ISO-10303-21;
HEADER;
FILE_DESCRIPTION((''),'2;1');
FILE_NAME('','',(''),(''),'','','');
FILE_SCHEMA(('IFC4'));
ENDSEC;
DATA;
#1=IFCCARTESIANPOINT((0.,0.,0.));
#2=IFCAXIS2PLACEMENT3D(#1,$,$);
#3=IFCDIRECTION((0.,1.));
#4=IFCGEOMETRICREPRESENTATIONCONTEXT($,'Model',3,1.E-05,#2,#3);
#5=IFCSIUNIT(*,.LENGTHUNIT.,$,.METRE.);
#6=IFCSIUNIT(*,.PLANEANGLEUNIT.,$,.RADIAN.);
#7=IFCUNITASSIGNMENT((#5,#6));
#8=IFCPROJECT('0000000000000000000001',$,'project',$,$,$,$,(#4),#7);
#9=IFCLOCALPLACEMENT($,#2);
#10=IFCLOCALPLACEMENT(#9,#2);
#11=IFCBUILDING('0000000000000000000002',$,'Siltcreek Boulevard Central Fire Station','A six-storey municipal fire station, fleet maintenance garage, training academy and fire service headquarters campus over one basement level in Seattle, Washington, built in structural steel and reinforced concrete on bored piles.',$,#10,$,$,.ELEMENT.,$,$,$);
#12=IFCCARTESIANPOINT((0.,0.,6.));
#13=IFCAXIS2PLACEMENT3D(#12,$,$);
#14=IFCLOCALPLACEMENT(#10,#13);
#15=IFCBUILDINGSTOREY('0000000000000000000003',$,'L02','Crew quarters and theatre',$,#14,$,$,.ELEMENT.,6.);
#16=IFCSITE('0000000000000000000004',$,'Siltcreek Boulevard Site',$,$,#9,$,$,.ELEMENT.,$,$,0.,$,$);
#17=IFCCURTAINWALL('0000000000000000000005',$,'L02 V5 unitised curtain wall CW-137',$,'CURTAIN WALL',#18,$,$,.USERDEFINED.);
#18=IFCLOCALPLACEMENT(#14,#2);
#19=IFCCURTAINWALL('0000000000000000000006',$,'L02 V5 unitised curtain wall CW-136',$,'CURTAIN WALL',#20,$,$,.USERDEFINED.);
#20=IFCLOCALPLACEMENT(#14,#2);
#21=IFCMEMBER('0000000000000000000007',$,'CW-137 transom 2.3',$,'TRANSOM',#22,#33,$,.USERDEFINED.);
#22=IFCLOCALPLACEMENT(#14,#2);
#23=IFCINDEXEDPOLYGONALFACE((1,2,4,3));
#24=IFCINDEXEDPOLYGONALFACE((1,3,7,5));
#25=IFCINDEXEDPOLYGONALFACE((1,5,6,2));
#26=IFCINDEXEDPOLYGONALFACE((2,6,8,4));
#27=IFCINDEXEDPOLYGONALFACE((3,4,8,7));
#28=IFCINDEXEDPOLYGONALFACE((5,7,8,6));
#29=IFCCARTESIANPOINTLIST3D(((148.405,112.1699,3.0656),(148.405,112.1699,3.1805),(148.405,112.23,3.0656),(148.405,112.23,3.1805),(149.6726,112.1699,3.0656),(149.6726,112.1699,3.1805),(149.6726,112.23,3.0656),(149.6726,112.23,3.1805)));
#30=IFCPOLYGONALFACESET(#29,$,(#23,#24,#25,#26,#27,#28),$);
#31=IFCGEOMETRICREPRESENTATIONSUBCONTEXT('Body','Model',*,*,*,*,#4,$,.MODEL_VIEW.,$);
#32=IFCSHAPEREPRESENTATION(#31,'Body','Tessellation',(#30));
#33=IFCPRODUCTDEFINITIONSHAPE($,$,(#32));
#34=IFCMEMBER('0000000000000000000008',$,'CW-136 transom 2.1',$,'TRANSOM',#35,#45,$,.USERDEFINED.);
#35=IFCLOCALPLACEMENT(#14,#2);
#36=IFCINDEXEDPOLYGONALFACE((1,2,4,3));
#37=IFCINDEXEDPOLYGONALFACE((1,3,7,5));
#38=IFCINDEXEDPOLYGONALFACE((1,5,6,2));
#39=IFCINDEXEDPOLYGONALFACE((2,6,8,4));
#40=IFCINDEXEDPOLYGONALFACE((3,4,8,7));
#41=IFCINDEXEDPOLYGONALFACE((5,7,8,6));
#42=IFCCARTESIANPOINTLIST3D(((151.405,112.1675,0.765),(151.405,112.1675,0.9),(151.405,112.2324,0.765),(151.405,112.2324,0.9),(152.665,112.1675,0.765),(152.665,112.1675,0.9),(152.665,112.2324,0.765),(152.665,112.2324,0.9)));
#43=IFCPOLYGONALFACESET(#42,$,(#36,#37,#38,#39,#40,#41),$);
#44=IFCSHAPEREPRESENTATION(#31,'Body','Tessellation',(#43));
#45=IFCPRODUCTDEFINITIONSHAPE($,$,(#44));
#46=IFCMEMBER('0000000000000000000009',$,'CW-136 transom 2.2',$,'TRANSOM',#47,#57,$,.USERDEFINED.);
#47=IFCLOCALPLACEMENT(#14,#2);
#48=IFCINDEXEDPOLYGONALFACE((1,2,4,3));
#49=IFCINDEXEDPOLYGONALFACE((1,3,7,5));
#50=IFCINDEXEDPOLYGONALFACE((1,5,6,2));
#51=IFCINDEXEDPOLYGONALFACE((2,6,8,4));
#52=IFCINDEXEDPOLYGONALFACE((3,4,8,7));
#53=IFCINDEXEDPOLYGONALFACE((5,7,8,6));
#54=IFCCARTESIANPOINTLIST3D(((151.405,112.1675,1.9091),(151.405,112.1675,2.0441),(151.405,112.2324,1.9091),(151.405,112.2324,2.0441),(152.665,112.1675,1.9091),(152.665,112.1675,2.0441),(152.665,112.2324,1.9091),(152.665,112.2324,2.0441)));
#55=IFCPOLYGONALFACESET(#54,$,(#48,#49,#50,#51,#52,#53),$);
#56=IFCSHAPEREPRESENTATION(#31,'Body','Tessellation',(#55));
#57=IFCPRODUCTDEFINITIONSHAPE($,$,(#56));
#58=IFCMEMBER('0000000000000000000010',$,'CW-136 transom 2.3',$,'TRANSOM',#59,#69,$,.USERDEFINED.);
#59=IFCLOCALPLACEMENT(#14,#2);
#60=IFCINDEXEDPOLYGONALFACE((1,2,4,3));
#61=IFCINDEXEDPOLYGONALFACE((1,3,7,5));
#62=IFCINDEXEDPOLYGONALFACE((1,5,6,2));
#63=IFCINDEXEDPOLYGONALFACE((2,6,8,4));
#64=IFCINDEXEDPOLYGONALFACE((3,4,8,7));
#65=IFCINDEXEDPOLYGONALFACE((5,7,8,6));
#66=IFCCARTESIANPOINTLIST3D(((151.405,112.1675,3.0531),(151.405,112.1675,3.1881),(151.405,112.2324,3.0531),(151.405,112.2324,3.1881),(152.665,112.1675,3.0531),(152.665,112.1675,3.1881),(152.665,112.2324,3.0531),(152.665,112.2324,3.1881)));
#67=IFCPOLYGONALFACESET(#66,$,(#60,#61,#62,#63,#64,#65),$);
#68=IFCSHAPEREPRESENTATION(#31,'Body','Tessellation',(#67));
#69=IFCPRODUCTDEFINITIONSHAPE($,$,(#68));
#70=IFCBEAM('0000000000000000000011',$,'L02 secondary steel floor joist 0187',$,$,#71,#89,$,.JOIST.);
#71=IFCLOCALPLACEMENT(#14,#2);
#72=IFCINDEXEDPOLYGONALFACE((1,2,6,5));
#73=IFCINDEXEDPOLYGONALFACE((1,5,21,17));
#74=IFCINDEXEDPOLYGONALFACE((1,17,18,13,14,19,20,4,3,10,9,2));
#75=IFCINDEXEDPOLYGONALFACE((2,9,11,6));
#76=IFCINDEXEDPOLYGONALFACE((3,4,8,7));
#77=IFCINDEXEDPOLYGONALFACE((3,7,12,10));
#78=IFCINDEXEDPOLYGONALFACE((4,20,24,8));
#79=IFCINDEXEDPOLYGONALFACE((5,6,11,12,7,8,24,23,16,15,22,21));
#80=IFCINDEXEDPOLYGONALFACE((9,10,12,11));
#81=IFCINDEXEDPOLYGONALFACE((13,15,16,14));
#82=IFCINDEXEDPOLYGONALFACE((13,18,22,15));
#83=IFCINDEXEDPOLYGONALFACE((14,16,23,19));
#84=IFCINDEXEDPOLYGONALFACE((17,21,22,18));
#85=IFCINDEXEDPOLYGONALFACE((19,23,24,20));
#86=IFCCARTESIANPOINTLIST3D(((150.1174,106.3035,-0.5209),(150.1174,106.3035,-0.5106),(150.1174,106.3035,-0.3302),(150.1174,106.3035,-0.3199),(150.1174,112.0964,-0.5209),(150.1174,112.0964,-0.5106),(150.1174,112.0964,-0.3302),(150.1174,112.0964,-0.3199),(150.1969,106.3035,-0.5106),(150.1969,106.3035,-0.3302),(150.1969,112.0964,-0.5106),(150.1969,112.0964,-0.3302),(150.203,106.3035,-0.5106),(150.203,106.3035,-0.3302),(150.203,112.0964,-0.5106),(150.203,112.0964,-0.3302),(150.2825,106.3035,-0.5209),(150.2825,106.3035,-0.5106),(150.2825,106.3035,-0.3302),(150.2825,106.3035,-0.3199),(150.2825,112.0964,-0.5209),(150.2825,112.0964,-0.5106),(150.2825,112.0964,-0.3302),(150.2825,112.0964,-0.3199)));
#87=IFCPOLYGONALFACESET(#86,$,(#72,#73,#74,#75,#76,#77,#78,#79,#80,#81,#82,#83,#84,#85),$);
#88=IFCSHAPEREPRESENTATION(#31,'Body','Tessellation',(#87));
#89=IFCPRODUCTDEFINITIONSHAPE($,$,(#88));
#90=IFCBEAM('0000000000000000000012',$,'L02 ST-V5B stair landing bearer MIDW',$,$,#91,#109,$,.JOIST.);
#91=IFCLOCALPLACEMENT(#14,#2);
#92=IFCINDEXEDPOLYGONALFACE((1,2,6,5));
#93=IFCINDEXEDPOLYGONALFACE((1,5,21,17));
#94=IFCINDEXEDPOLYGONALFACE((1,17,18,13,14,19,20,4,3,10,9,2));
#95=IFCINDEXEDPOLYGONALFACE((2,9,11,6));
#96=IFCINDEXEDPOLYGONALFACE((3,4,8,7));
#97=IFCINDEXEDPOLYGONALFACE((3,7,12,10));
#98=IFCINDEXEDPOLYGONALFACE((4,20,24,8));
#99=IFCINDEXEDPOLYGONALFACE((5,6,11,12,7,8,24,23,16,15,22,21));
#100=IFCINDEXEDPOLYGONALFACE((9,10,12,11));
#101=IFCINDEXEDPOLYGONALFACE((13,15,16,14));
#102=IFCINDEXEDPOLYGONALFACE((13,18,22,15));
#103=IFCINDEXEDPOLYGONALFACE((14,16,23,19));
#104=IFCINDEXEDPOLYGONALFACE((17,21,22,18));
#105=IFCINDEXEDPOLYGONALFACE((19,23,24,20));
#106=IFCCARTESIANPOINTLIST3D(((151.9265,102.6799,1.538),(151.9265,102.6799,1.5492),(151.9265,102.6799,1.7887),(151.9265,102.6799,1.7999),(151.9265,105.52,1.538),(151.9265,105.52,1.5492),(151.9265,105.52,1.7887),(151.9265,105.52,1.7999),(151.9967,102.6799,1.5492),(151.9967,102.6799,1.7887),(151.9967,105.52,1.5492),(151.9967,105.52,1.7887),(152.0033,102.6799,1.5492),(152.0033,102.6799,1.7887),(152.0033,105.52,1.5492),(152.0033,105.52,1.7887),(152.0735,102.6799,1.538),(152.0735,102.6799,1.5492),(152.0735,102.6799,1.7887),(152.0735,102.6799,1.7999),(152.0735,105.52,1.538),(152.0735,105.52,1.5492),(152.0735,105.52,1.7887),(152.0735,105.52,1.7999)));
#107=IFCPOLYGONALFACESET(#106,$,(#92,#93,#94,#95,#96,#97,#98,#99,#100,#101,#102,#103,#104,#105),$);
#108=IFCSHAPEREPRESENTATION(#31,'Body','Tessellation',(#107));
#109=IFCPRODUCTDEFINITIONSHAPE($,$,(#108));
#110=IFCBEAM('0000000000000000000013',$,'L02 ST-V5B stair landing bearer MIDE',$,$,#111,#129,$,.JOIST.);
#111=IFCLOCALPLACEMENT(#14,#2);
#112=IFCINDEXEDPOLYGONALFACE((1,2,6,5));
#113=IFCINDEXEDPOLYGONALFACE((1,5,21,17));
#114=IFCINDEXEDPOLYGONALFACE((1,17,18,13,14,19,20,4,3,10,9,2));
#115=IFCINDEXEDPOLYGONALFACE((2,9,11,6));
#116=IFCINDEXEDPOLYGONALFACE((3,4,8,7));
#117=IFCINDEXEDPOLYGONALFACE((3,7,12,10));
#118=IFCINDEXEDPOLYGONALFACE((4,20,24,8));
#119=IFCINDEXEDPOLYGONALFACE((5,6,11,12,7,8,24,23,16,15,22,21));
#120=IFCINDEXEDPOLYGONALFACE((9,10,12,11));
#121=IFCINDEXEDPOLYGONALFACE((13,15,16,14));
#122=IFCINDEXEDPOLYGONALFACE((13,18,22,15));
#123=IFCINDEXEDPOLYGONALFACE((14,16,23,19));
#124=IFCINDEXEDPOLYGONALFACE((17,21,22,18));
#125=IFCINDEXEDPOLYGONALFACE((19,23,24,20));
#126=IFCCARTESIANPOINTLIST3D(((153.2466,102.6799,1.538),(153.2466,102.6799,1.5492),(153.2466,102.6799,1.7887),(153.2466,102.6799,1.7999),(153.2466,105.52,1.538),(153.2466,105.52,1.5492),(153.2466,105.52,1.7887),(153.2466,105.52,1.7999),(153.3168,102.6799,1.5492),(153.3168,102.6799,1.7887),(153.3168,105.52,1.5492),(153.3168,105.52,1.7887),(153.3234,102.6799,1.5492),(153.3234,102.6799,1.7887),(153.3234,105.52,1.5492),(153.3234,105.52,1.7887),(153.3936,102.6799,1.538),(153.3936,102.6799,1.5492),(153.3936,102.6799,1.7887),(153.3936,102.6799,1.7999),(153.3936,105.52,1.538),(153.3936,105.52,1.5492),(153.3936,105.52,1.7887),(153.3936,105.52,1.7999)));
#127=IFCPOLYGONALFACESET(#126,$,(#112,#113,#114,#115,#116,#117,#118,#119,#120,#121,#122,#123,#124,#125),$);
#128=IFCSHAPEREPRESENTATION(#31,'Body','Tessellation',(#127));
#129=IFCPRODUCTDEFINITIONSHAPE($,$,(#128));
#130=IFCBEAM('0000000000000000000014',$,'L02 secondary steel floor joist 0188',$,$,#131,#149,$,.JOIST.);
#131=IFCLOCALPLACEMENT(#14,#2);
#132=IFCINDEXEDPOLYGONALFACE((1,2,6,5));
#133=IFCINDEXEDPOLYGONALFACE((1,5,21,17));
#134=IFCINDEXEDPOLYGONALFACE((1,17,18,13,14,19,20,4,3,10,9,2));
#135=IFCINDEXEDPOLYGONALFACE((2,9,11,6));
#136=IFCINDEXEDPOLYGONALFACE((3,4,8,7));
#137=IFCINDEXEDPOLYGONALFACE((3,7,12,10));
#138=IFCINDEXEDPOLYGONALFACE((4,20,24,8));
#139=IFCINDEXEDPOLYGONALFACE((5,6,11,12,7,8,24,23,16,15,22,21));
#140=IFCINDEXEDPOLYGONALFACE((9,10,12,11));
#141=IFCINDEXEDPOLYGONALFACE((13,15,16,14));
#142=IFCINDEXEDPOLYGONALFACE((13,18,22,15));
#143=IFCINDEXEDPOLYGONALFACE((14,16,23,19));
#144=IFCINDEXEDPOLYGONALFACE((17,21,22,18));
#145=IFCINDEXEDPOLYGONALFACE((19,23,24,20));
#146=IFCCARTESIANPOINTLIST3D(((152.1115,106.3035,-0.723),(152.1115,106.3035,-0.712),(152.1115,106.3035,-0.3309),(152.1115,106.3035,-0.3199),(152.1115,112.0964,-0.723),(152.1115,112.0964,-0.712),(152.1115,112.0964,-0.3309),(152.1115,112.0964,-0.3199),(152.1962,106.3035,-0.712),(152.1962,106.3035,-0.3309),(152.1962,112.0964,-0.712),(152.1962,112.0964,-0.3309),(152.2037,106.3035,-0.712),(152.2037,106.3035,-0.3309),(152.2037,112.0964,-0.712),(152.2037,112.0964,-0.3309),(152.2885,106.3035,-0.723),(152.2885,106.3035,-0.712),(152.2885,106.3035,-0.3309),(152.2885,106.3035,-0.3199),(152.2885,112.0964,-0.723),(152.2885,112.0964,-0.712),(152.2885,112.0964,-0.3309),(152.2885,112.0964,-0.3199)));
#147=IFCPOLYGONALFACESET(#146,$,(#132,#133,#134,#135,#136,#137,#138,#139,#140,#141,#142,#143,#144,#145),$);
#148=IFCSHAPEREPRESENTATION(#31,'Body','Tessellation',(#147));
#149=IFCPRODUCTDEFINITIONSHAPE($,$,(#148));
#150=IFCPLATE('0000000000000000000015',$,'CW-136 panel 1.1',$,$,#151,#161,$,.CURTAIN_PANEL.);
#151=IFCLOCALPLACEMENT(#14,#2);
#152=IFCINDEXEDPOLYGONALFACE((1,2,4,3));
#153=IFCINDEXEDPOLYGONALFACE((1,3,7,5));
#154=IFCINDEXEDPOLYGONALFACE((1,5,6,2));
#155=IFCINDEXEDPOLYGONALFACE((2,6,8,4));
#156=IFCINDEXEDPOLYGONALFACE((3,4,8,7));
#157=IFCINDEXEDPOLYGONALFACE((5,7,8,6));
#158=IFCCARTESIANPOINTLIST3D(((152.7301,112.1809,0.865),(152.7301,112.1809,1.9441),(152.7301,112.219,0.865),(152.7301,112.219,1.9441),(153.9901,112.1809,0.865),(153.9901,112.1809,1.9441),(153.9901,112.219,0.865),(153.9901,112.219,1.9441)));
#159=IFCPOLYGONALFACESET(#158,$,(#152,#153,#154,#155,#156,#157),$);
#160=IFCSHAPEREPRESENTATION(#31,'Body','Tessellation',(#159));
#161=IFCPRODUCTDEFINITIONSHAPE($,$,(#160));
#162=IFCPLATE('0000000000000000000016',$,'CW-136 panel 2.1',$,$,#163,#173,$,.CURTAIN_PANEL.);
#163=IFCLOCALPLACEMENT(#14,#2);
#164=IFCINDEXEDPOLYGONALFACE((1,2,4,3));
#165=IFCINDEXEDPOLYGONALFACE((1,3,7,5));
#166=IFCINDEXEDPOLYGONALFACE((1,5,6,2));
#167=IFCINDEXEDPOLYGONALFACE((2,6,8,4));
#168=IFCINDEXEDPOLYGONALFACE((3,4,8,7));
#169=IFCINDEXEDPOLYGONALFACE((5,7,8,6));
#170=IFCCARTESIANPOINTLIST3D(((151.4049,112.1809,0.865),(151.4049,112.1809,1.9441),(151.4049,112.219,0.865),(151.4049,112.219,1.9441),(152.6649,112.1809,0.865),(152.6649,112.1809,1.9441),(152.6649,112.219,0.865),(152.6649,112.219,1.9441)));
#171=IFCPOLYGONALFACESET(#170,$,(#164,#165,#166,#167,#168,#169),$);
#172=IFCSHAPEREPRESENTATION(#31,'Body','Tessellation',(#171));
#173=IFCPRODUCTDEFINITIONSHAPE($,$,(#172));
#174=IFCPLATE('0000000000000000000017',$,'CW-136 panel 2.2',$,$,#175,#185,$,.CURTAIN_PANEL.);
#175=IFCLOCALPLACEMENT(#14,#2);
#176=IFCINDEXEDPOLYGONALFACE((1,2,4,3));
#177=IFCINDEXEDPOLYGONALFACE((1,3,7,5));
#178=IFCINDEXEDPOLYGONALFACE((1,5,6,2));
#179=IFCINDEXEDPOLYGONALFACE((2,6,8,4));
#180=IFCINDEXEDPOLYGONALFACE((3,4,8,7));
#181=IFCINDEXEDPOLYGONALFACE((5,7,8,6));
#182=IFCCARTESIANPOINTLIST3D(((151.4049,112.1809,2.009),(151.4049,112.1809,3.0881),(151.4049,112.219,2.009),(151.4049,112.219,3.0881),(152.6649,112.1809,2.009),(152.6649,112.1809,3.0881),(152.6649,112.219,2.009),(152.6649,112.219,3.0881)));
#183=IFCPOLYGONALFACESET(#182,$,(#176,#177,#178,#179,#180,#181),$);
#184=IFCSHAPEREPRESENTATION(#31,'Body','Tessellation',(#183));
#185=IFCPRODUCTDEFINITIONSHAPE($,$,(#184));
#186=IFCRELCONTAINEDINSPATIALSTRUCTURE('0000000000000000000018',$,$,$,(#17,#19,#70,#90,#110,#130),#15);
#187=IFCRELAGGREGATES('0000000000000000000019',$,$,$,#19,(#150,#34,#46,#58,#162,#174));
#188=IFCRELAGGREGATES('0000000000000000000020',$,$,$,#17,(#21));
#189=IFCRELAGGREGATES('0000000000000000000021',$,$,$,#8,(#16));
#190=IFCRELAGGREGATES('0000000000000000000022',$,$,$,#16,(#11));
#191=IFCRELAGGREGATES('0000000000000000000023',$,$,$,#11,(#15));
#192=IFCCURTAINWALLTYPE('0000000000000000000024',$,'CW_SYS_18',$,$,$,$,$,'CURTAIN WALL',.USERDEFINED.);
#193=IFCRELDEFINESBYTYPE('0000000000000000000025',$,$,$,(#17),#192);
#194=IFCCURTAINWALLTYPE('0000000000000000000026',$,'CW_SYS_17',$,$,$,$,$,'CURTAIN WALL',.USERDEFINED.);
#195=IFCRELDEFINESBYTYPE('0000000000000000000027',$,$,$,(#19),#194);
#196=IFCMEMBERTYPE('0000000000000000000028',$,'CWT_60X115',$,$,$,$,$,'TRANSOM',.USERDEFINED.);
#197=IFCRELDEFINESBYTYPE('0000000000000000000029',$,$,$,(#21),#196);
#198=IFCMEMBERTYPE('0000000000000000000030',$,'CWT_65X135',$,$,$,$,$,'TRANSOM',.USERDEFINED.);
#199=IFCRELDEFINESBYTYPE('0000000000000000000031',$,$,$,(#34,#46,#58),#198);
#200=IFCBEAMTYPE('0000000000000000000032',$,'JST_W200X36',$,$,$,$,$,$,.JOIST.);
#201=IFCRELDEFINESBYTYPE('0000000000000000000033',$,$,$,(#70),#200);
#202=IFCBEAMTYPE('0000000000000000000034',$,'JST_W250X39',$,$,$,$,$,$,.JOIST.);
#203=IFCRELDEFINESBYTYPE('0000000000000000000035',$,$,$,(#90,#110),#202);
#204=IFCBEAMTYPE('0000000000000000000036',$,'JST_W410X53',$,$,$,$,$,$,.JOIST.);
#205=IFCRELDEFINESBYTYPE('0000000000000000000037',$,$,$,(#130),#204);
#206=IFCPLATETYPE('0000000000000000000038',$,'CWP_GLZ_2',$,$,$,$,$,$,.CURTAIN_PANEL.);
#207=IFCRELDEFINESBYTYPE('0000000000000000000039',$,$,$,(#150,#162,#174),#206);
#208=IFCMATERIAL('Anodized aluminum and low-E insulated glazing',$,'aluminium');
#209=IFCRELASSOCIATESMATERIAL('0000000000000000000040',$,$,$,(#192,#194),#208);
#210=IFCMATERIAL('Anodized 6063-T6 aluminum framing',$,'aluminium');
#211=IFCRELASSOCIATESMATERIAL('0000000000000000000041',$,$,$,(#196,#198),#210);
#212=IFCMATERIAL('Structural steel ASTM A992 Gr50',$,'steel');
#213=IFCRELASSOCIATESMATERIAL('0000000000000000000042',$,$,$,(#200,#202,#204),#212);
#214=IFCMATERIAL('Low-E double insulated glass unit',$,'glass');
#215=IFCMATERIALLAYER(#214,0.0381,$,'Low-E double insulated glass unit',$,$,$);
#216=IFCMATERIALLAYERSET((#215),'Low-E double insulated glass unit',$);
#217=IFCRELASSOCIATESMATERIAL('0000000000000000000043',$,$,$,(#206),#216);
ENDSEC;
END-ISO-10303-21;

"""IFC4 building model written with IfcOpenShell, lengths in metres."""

from ifc_helpers import new_model, si_unit, direction, frame, origin, origin_2d, place, context, subcontext, project, spatial, rectangle, i_section, extrude, material, layer, layer_set, material_profile, profile_set, type_object, element, aggregate, save


model = new_model("IFC4")

# Units and contexts
model_context = context("Model", 3, precision=1e-05, world=origin(), true_north=direction((0.0, 1.0)))
body_context = subcontext(model_context, "Body", "Model", "MODEL_VIEW")
ifc_project = project(units=[si_unit("LENGTHUNIT", "METRE"), si_unit("PLANEANGLEUNIT", "RADIAN")], contexts=[model_context])

# Site, building, storey
site_placement = place(None, origin())
site = spatial("IfcSite", under=ifc_project, at=site_placement, Name="Siltcreek Boulevard Site", CompositionType="ELEMENT", RefElevation=0.0)
building_placement = place(site_placement, origin())
building = spatial("IfcBuilding", under=site, at=building_placement, Name="Siltcreek Boulevard Central Fire Station", Description="A six-storey municipal fire station, fleet maintenance garage, training academy and fire service headquarters campus over one basement level in Seattle, Washington, built in structural steel and reinforced concrete on bored piles.", CompositionType="ELEMENT")
storey_placement = place(building_placement, frame((0.0, 0.0, 6.0)))
storey = spatial("IfcBuildingStorey", under=building, at=storey_placement, Name="L02", Description="Crew quarters and theatre", CompositionType="ELEMENT", Elevation=6.0)

# Curtain walls
ifc_material_1 = material(Name="Anodized aluminum and low-E insulated glazing", Category="aluminium")
curtain_wall_type_1 = type_object("IfcCurtainWallType", Name="CW_SYS_18", ElementType="CURTAIN WALL", PredefinedType="USERDEFINED", material=ifc_material_1)
curtain_wall_1_placement = place(storey_placement, origin())
curtain_wall_1 = element("IfcCurtainWall", 1, at=curtain_wall_1_placement, inside=storey, type_object=curtain_wall_type_1, Name="L02 V5 unitised curtain wall CW-137", ObjectType="CURTAIN WALL", PredefinedType="USERDEFINED")
ifc_material_2 = material(Name="Anodized 6063-T6 aluminum framing", Category="aluminium")
curtain_wall_type_2 = type_object("IfcCurtainWallType", Name="CW_SYS_17", ElementType="CURTAIN WALL", PredefinedType="USERDEFINED", material=ifc_material_1)
curtain_wall_2_placement = place(storey_placement, origin())
curtain_wall_2 = element("IfcCurtainWall", 2, at=curtain_wall_2_placement, inside=storey, type_object=curtain_wall_type_2, Name="L02 V5 unitised curtain wall CW-136", ObjectType="CURTAIN WALL", PredefinedType="USERDEFINED")

# Members
ifc_material_profile_1 = material_profile(ifc_material_2, rectangle(XDim=0.0601, YDim=0.115, at=origin_2d()), Name="TRAN60X115")
ifc_profile_set_1 = profile_set([ifc_material_profile_1], Name="Anodized 6063-T6 aluminum framing")
member_type_1 = type_object("IfcMemberType", Name="CWT_60X115", ElementType="TRANSOM", PredefinedType="USERDEFINED", material=ifc_profile_set_1)
member_1_placement = place(storey_placement, frame((149.6726, 112.2, 3.123), z_axis=(-1.0, 0.0, 0.0), x_axis=(0.0, -1.0, 0.0)))
member_1 = element("IfcMember", 3, at=member_1_placement, type_object=member_type_1, Name="CW-137 transom 2.3", ObjectType="TRANSOM", PredefinedType="USERDEFINED", context=body_context, shape_type="SweptSolid", body=[
    extrude(rectangle(XDim=0.0601, YDim=0.115, at=origin_2d()), origin(), (0.0, 0.0, 1.0), 1.2676),
])
ifc_material_profile_2 = material_profile(ifc_material_2, rectangle(XDim=0.0649, YDim=0.135, at=origin_2d()), Name="TRAN65X135")
ifc_profile_set_2 = profile_set([ifc_material_profile_2], Name="Anodized 6063-T6 aluminum framing")
member_type_2 = type_object("IfcMemberType", Name="CWT_65X135", ElementType="TRANSOM", PredefinedType="USERDEFINED", material=ifc_profile_set_2)
member_2_placement = place(storey_placement, frame((152.665, 112.2, 0.8325), z_axis=(-1.0, 0.0, 0.0), x_axis=(0.0, -1.0, 0.0)))
member_2 = element("IfcMember", 4, at=member_2_placement, type_object=member_type_2, Name="CW-136 transom 2.1", ObjectType="TRANSOM", PredefinedType="USERDEFINED", context=body_context, shape_type="SweptSolid", body=[
    extrude(rectangle(XDim=0.0649, YDim=0.135, at=origin_2d()), origin(), (0.0, 0.0, 1.0), 1.26),
])
member_3_placement = place(storey_placement, frame((152.665, 112.2, 1.9766), z_axis=(-1.0, 0.0, 0.0), x_axis=(0.0, -1.0, 0.0)))
member_3 = element("IfcMember", 5, at=member_3_placement, type_object=member_type_2, Name="CW-136 transom 2.2", ObjectType="TRANSOM", PredefinedType="USERDEFINED", context=body_context, shape_type="SweptSolid", body=[
    extrude(rectangle(XDim=0.0649, YDim=0.135, at=origin_2d()), origin(), (0.0, 0.0, 1.0), 1.26),
])
member_4_placement = place(storey_placement, frame((152.665, 112.2, 3.1206), z_axis=(-1.0, 0.0, 0.0), x_axis=(0.0, -1.0, 0.0)))
member_4 = element("IfcMember", 6, at=member_4_placement, type_object=member_type_2, Name="CW-136 transom 2.3", ObjectType="TRANSOM", PredefinedType="USERDEFINED", context=body_context, shape_type="SweptSolid", body=[
    extrude(rectangle(XDim=0.0649, YDim=0.135, at=origin_2d()), origin(), (0.0, 0.0, 1.0), 1.26),
])

# Beams
ifc_material_3 = material(Name="Structural steel ASTM A992 Gr50", Category="steel")
ifc_material_profile_3 = material_profile(ifc_material_3, i_section(OverallWidth=0.165, OverallDepth=0.2009, WebThickness=0.0061, FlangeThickness=0.0103, at=origin_2d()), Name="W200X36")
ifc_profile_set_3 = profile_set([ifc_material_profile_3], Name="Structural steel ASTM A992 Gr50")
beam_type_1 = type_object("IfcBeamType", Name="JST_W200X36", PredefinedType="JOIST", material=ifc_profile_set_3)
beam_1_placement = place(storey_placement, frame((150.2, 106.3035, -0.4204), z_axis=(0.0, 1.0, 0.0), x_axis=(-1.0, 0.0, 0.0)))
element("IfcBeam", 7, at=beam_1_placement, inside=storey, type_object=beam_type_1, Name="L02 secondary steel floor joist 0187", PredefinedType="JOIST", context=body_context, shape_type="SweptSolid", body=[
    extrude(i_section(OverallWidth=0.165, OverallDepth=0.2009, WebThickness=0.0061, FlangeThickness=0.0103, at=origin_2d()), origin(), (0.0, 0.0, 1.0), 5.793),
])
ifc_material_profile_4 = material_profile(ifc_material_3, i_section(OverallWidth=0.147, OverallDepth=0.262, WebThickness=0.0066, FlangeThickness=0.0112, at=origin_2d()), Name="W250X39")
ifc_profile_set_4 = profile_set([ifc_material_profile_4], Name="Structural steel ASTM A992 Gr50")
beam_type_2 = type_object("IfcBeamType", Name="JST_W250X39", PredefinedType="JOIST", material=ifc_profile_set_4)
for number, where, z_axis, x_axis, name in (
    (8, (152.0, 102.6799, 1.6689), (0.0, 1.0, 0.0), (-1.0, 0.0, 0.0), "L02 ST-V5B stair landing bearer MIDW"),
    (9, (153.3201, 102.6799, 1.6689), (0.0, 1.0, 0.0), (-1.0, 0.0, 0.0), "L02 ST-V5B stair landing bearer MIDE"),
):
    element("IfcBeam", number, at=place(storey_placement, frame(where, z_axis=z_axis, x_axis=x_axis)), inside=storey, type_object=beam_type_2, Name=name, PredefinedType="JOIST", context=body_context, shape_type="SweptSolid", body=[
        extrude(i_section(OverallWidth=0.147, OverallDepth=0.262, WebThickness=0.0066, FlangeThickness=0.0112, at=origin_2d()), origin(), (0.0, 0.0, 1.0), 2.8401),
    ])
ifc_material_profile_5 = material_profile(ifc_material_3, i_section(OverallWidth=0.177, OverallDepth=0.4031, WebThickness=0.0076, FlangeThickness=0.011, at=origin_2d()), Name="W410X53")
ifc_profile_set_5 = profile_set([ifc_material_profile_5], Name="Structural steel ASTM A992 Gr50")
beam_type_3 = type_object("IfcBeamType", Name="JST_W410X53", PredefinedType="JOIST", material=ifc_profile_set_5)
beam_2_placement = place(storey_placement, frame((152.2, 106.3035, -0.5215), z_axis=(0.0, 1.0, 0.0), x_axis=(-1.0, 0.0, 0.0)))
element("IfcBeam", 10, at=beam_2_placement, inside=storey, type_object=beam_type_3, Name="L02 secondary steel floor joist 0188", PredefinedType="JOIST", context=body_context, shape_type="SweptSolid", body=[
    extrude(i_section(OverallWidth=0.177, OverallDepth=0.4031, WebThickness=0.0076, FlangeThickness=0.011, at=origin_2d()), origin(), (0.0, 0.0, 1.0), 5.793),
])

# Plates
ifc_material_4 = material(Name="Low-E double insulated glass unit", Category="glass")
ifc_layer_1 = layer(ifc_material_4, 0.0381, Name="Low-E double insulated glass unit")
ifc_layer_set_1 = layer_set([ifc_layer_1], Name="Low-E double insulated glass unit")
plate_type_1 = type_object("IfcPlateType", Name="CWP_GLZ_2", PredefinedType="CURTAIN_PANEL", material=ifc_layer_set_1)
plate_1_placement = place(storey_placement, frame((153.3601, 112.2, 0.865), z_axis=(0.0, 0.0, 1.0), x_axis=(-1.0, 0.0, 0.0)))
plate_1 = element("IfcPlate", 11, at=plate_1_placement, type_object=plate_type_1, Name="CW-136 panel 1.1", PredefinedType="CURTAIN_PANEL", context=body_context, shape_type="SweptSolid", body=[
    extrude(rectangle(XDim=1.26, YDim=0.0381, at=origin_2d()), origin(), (0.0, 0.0, 1.0), 1.0791),
])
plate_2_placement = place(storey_placement, frame((152.0349, 112.2, 0.865), z_axis=(0.0, 0.0, 1.0), x_axis=(-1.0, 0.0, 0.0)))
plate_2 = element("IfcPlate", 12, at=plate_2_placement, type_object=plate_type_1, Name="CW-136 panel 2.1", PredefinedType="CURTAIN_PANEL", context=body_context, shape_type="SweptSolid", body=[
    extrude(rectangle(XDim=1.26, YDim=0.0381, at=origin_2d()), origin(), (0.0, 0.0, 1.0), 1.0791),
])
plate_3_placement = place(storey_placement, frame((152.0349, 112.2, 2.009), z_axis=(0.0, 0.0, 1.0), x_axis=(-1.0, 0.0, 0.0)))
plate_3 = element("IfcPlate", 13, at=plate_3_placement, type_object=plate_type_1, Name="CW-136 panel 2.2", PredefinedType="CURTAIN_PANEL", context=body_context, shape_type="SweptSolid", body=[
    extrude(rectangle(XDim=1.26, YDim=0.0381, at=origin_2d()), origin(), (0.0, 0.0, 1.0), 1.0791),
])
aggregate(curtain_wall_2, [plate_1, member_2, member_3, member_4, plate_2, plate_3])
aggregate(curtain_wall_1, [member_1])

save(model, "model.ifc")
